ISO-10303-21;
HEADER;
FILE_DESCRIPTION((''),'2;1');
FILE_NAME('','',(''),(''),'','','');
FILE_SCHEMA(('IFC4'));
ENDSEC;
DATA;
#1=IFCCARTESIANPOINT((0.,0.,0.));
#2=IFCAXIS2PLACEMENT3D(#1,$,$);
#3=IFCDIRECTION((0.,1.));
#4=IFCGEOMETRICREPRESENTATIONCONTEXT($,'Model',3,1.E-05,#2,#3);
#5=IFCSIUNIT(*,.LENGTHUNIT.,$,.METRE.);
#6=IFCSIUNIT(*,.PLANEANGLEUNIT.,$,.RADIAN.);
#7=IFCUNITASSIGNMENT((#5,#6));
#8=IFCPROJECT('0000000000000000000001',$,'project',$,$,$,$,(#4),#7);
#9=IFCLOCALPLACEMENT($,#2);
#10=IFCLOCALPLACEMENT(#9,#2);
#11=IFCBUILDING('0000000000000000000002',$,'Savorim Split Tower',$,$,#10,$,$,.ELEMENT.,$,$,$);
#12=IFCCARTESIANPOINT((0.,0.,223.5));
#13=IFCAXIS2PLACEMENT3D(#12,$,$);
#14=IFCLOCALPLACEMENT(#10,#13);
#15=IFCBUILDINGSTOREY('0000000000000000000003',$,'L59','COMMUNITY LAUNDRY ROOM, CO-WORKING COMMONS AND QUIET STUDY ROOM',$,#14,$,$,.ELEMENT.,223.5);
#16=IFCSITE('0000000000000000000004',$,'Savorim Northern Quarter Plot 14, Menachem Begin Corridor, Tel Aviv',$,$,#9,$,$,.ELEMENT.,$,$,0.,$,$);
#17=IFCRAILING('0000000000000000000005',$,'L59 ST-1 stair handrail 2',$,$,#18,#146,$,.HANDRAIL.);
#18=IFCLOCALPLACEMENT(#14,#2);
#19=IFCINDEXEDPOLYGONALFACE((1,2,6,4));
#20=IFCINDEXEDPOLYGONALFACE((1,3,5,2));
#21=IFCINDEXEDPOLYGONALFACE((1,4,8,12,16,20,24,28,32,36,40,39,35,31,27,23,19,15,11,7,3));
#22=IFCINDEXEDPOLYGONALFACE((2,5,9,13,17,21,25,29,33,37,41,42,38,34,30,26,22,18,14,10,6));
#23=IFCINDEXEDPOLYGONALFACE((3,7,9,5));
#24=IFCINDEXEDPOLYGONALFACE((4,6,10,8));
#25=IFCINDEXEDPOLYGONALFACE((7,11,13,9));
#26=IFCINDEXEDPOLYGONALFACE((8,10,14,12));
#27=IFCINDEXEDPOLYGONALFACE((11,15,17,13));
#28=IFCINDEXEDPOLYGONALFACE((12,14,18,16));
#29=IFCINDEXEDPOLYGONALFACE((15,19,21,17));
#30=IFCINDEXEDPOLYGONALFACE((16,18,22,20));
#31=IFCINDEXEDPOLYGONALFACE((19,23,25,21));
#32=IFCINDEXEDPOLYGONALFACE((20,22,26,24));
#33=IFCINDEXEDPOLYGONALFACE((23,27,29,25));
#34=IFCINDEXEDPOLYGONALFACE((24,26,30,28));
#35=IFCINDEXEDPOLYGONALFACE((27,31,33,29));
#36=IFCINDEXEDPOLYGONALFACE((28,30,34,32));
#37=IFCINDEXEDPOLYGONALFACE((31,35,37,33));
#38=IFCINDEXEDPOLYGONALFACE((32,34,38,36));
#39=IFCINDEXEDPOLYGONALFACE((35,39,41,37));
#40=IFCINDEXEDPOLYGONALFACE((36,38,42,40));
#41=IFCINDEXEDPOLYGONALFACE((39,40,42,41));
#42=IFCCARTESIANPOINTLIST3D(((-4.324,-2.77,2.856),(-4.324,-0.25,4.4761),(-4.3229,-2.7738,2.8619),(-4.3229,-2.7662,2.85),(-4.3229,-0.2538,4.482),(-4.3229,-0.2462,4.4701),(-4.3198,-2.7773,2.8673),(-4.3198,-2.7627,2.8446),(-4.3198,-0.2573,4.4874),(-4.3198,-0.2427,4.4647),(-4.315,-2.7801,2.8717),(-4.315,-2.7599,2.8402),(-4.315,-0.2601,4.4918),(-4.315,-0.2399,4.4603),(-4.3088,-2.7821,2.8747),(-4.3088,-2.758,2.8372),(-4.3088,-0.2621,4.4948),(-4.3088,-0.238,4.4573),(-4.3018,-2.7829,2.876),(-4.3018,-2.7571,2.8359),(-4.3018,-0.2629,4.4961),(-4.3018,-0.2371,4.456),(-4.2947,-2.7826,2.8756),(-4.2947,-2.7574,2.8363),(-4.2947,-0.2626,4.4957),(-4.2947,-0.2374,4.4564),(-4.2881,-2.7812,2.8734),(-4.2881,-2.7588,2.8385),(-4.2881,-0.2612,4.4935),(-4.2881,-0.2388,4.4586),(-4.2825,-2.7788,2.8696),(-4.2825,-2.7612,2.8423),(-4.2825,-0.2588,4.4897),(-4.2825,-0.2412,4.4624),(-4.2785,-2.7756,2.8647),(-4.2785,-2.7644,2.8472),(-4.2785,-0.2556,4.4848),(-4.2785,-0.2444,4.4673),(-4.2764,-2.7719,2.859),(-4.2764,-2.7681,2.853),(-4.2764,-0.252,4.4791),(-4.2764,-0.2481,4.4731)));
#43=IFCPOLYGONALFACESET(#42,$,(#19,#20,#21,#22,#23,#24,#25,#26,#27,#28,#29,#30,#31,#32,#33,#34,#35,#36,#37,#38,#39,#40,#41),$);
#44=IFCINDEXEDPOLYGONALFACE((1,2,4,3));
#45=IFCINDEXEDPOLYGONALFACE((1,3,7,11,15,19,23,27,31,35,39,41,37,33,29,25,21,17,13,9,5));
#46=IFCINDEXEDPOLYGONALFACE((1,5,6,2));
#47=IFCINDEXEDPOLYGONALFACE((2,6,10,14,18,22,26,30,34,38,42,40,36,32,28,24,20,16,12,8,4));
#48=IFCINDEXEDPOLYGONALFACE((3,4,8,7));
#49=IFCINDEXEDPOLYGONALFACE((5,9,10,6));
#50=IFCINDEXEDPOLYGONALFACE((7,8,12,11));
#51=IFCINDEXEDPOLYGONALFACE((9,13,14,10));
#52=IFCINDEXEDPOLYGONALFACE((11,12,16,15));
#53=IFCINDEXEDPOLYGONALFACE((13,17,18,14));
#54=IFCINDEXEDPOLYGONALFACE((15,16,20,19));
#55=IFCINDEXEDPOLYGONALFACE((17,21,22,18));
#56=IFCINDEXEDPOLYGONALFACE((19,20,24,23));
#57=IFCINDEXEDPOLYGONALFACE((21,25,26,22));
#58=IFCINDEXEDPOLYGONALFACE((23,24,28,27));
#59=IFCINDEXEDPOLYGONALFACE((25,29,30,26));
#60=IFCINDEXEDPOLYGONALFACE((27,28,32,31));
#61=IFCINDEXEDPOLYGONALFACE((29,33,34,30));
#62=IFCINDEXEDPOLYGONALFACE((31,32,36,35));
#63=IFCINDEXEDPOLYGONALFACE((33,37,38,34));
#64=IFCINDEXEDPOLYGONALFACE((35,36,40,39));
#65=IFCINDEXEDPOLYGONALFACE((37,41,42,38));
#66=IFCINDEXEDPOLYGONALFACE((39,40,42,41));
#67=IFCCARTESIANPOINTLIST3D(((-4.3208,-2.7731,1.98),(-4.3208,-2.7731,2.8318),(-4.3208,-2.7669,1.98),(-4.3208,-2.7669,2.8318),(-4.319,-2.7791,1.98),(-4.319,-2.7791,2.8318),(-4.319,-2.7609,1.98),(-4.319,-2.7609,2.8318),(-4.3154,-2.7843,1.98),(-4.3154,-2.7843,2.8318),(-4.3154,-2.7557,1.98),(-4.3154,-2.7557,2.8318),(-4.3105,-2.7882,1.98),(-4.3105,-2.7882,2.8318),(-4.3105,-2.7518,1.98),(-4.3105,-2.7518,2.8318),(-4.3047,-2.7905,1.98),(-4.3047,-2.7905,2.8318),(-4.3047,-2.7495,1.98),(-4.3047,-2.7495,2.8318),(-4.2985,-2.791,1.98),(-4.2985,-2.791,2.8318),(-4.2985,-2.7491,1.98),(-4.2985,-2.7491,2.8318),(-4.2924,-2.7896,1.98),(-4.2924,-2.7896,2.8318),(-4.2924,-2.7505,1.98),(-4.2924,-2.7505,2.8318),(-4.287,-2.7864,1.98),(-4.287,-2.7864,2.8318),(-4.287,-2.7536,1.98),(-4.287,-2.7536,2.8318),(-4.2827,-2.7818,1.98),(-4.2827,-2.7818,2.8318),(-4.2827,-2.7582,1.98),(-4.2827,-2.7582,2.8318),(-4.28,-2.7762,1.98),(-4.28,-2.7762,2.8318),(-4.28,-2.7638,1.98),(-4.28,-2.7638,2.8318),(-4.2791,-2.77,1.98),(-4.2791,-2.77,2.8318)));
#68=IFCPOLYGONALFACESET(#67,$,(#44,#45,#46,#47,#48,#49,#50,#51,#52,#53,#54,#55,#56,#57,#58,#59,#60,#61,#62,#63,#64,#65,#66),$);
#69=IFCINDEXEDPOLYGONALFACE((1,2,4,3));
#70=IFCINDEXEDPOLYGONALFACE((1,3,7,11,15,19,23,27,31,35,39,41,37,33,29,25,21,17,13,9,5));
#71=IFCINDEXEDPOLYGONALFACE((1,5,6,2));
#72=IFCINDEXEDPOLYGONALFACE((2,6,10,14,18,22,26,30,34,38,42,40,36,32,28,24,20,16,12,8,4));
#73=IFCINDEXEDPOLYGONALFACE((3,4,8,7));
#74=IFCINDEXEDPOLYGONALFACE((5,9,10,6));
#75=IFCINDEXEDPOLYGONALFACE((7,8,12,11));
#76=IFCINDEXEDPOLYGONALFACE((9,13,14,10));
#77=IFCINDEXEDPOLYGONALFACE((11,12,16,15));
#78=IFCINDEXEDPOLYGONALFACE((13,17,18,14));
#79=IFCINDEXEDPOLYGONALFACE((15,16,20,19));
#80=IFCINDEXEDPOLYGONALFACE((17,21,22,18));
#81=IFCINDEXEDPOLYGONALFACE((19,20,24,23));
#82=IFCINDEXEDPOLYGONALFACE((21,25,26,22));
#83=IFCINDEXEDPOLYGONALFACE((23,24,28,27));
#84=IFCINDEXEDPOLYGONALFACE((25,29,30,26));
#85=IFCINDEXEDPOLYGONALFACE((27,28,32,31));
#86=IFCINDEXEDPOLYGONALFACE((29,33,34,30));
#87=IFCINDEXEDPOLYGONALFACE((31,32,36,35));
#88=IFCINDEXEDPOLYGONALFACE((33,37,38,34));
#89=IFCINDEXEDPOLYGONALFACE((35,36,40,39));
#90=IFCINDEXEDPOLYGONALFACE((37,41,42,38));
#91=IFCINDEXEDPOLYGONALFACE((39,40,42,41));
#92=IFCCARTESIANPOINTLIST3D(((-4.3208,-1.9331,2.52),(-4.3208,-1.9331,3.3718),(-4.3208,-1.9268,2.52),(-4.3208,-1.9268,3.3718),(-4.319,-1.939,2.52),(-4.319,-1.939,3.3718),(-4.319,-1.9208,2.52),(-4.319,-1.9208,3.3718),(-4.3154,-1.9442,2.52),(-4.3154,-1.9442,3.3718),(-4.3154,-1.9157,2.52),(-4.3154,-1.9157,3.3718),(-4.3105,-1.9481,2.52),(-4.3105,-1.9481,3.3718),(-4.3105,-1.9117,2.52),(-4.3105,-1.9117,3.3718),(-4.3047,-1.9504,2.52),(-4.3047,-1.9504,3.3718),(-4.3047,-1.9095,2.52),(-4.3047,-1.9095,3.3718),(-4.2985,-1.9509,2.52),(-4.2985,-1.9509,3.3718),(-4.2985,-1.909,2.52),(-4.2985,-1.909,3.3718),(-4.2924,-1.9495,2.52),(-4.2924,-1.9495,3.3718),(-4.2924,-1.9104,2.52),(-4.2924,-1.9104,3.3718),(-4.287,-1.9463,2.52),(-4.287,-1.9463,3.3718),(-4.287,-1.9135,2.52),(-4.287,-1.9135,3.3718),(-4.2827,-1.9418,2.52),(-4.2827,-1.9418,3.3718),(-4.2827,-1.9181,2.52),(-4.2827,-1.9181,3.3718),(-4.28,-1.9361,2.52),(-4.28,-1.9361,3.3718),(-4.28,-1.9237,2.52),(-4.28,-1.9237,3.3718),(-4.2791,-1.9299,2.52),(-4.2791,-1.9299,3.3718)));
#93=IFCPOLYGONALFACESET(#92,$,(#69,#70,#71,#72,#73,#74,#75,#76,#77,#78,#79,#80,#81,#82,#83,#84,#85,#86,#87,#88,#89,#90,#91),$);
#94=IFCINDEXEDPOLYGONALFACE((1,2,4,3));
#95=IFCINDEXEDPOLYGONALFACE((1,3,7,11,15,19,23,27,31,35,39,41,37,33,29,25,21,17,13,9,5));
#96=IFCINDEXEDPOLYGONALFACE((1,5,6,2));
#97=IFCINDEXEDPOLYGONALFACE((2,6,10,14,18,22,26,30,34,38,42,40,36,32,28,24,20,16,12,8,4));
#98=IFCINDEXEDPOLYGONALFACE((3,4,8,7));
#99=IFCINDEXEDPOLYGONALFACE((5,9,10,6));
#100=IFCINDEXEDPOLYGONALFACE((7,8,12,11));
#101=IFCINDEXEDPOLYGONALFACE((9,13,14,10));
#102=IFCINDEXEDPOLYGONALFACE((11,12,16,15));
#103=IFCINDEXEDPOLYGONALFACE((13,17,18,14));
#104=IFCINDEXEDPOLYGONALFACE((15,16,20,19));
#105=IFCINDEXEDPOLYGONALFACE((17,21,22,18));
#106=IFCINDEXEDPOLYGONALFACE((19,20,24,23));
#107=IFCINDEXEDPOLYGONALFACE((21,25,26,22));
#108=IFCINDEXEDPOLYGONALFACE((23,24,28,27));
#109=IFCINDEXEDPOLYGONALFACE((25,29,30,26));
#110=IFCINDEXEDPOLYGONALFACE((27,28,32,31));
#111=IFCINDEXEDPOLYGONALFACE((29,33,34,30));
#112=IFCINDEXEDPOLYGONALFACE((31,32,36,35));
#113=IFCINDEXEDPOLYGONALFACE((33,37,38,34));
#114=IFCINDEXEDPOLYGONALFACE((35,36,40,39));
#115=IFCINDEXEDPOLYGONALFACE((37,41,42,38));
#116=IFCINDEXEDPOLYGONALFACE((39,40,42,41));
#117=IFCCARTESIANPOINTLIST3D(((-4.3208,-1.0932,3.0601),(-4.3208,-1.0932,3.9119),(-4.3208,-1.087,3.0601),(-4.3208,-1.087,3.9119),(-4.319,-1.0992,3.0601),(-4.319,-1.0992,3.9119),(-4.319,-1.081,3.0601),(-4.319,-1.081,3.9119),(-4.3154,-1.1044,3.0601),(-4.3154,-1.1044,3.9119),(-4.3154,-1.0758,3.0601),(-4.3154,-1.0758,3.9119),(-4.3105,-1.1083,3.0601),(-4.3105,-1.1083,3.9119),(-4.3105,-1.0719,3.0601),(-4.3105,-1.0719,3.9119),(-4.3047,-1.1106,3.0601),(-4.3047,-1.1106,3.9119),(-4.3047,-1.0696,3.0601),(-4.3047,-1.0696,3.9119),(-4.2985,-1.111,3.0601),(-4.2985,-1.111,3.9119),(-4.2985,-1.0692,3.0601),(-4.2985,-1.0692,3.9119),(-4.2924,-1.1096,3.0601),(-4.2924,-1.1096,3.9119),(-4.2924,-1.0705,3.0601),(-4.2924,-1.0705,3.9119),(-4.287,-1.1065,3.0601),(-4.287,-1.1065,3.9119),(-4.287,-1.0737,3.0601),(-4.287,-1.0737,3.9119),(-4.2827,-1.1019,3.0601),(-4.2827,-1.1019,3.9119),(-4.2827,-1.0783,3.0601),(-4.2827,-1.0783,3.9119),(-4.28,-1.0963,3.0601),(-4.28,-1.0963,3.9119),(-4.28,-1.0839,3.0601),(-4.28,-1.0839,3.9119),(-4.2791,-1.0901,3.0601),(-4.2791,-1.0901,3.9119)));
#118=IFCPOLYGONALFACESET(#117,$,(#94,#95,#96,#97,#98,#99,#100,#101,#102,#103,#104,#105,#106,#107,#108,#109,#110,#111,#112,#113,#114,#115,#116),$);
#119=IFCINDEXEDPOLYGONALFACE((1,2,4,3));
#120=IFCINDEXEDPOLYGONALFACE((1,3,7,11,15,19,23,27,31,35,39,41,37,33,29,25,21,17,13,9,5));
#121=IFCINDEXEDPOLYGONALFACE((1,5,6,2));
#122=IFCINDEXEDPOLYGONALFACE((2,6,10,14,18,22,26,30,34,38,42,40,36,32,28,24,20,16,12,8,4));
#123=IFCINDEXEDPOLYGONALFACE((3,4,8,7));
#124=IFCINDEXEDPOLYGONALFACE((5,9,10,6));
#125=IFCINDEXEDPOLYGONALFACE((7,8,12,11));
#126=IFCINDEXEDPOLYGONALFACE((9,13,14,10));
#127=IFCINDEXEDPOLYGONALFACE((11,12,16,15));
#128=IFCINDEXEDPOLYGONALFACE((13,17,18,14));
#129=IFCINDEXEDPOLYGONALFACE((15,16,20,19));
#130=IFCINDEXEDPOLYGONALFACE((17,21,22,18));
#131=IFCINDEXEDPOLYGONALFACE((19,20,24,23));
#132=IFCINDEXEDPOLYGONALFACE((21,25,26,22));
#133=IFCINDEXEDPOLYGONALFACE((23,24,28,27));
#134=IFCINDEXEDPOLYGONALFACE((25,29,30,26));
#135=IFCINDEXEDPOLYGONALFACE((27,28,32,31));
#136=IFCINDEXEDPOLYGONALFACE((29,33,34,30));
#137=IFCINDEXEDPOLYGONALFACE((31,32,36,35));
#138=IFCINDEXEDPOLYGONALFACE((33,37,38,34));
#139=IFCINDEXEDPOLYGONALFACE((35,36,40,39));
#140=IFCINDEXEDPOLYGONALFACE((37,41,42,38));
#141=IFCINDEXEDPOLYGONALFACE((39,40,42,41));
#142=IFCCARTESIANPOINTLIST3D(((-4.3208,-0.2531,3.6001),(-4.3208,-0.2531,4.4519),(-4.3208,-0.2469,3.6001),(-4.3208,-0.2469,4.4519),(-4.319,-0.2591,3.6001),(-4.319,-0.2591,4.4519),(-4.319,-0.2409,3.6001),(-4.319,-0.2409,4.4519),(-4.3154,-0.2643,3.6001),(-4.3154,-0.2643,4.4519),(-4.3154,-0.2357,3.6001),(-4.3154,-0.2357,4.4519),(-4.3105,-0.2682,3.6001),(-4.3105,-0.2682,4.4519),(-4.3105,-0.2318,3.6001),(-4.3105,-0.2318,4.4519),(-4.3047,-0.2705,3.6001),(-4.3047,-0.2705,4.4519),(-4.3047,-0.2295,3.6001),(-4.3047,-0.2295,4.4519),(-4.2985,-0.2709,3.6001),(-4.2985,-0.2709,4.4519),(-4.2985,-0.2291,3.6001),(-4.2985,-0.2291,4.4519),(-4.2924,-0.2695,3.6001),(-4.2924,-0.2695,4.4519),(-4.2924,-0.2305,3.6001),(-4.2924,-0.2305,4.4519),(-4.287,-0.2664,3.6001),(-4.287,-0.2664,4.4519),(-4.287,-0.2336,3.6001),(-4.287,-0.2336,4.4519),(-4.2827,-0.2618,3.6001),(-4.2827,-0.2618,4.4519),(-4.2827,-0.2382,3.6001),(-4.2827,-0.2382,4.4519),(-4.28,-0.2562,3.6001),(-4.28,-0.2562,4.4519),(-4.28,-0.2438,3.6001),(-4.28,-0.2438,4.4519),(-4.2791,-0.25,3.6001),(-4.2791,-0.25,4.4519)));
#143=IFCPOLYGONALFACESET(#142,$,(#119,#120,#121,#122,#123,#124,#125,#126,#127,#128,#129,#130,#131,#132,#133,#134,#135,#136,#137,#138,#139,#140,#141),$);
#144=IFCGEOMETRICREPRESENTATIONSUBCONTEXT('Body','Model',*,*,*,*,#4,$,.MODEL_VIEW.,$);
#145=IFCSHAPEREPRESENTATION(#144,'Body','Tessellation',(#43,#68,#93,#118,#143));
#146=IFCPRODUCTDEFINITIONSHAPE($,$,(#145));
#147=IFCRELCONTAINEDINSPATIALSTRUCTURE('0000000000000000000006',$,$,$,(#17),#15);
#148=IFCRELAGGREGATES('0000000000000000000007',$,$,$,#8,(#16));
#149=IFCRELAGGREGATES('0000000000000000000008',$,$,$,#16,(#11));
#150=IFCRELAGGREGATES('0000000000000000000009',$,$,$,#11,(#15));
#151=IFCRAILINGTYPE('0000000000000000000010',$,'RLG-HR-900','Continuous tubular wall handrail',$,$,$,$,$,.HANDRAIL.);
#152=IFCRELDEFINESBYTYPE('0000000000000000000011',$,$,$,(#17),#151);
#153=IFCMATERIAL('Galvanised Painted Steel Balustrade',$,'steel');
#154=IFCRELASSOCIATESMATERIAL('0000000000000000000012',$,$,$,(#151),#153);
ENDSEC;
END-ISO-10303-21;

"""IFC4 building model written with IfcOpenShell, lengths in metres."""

from ifc_helpers import new_model, si_unit, direction, frame, origin, origin_2d, place, context, subcontext, project, spatial, circle, extrude, material, type_object, element, save


model = new_model("IFC4")

# Units and contexts
model_context = context("Model", 3, precision=1e-05, world=origin(), true_north=direction((0.0, 1.0)))
body_context = subcontext(model_context, "Body", "Model", "MODEL_VIEW")
ifc_project = project(units=[si_unit("LENGTHUNIT", "METRE"), si_unit("PLANEANGLEUNIT", "RADIAN")], contexts=[model_context])

# Site, building, storey
site_placement = place(None, origin())
site = spatial("IfcSite", under=ifc_project, at=site_placement, Name="Savorim Northern Quarter Plot 14, Menachem Begin Corridor, Tel Aviv", CompositionType="ELEMENT", RefElevation=0.0)
building_placement = place(site_placement, origin())
building = spatial("IfcBuilding", under=site, at=building_placement, Name="Savorim Split Tower", CompositionType="ELEMENT")
storey_placement = place(building_placement, frame((0.0, 0.0, 223.5)))
storey = spatial("IfcBuildingStorey", under=building, at=storey_placement, Name="L59", Description="COMMUNITY LAUNDRY ROOM, CO-WORKING COMMONS AND QUIET STUDY ROOM", CompositionType="ELEMENT", Elevation=223.5)

# Railing
ifc_material_1 = material(Name="Galvanised Painted Steel Balustrade", Category="steel")
railing_type_1 = type_object("IfcRailingType", Name="RLG-HR-900", Description="Continuous tubular wall handrail", PredefinedType="HANDRAIL", material=ifc_material_1)
railing_1_placement = place(storey_placement, frame((-4.3, -2.77, 1.98)))
element("IfcRailing", 1, at=railing_1_placement, inside=storey, type_object=railing_type_1, Name="L59 ST-1 stair handrail 2", PredefinedType="HANDRAIL", context=body_context, shape_type="SweptSolid", body=[
    extrude(circle(Radius=0.0239, at=origin_2d()), frame((0.0, 0.0, 0.876), z_axis=(0.0, 0.841163, 0.540782), x_axis=(-1.0, 0.0, 0.0)), (0.0, 0.0, 1.0), 2.9958),
    extrude(circle(Radius=0.021, at=origin_2d()), origin(), (0.0, 0.0, 1.0), 0.8518),
    extrude(circle(Radius=0.021, at=origin_2d()), frame((0.0, 0.8401, 0.54)), (0.0, 0.0, 1.0), 0.8518),
    extrude(circle(Radius=0.021, at=origin_2d()), frame((0.0, 1.6799, 1.0801)), (0.0, 0.0, 1.0), 0.8518),
    extrude(circle(Radius=0.021, at=origin_2d()), frame((0.0, 2.52, 1.6201)), (0.0, 0.0, 1.0), 0.8518),
])

save(model, "model.ifc")
